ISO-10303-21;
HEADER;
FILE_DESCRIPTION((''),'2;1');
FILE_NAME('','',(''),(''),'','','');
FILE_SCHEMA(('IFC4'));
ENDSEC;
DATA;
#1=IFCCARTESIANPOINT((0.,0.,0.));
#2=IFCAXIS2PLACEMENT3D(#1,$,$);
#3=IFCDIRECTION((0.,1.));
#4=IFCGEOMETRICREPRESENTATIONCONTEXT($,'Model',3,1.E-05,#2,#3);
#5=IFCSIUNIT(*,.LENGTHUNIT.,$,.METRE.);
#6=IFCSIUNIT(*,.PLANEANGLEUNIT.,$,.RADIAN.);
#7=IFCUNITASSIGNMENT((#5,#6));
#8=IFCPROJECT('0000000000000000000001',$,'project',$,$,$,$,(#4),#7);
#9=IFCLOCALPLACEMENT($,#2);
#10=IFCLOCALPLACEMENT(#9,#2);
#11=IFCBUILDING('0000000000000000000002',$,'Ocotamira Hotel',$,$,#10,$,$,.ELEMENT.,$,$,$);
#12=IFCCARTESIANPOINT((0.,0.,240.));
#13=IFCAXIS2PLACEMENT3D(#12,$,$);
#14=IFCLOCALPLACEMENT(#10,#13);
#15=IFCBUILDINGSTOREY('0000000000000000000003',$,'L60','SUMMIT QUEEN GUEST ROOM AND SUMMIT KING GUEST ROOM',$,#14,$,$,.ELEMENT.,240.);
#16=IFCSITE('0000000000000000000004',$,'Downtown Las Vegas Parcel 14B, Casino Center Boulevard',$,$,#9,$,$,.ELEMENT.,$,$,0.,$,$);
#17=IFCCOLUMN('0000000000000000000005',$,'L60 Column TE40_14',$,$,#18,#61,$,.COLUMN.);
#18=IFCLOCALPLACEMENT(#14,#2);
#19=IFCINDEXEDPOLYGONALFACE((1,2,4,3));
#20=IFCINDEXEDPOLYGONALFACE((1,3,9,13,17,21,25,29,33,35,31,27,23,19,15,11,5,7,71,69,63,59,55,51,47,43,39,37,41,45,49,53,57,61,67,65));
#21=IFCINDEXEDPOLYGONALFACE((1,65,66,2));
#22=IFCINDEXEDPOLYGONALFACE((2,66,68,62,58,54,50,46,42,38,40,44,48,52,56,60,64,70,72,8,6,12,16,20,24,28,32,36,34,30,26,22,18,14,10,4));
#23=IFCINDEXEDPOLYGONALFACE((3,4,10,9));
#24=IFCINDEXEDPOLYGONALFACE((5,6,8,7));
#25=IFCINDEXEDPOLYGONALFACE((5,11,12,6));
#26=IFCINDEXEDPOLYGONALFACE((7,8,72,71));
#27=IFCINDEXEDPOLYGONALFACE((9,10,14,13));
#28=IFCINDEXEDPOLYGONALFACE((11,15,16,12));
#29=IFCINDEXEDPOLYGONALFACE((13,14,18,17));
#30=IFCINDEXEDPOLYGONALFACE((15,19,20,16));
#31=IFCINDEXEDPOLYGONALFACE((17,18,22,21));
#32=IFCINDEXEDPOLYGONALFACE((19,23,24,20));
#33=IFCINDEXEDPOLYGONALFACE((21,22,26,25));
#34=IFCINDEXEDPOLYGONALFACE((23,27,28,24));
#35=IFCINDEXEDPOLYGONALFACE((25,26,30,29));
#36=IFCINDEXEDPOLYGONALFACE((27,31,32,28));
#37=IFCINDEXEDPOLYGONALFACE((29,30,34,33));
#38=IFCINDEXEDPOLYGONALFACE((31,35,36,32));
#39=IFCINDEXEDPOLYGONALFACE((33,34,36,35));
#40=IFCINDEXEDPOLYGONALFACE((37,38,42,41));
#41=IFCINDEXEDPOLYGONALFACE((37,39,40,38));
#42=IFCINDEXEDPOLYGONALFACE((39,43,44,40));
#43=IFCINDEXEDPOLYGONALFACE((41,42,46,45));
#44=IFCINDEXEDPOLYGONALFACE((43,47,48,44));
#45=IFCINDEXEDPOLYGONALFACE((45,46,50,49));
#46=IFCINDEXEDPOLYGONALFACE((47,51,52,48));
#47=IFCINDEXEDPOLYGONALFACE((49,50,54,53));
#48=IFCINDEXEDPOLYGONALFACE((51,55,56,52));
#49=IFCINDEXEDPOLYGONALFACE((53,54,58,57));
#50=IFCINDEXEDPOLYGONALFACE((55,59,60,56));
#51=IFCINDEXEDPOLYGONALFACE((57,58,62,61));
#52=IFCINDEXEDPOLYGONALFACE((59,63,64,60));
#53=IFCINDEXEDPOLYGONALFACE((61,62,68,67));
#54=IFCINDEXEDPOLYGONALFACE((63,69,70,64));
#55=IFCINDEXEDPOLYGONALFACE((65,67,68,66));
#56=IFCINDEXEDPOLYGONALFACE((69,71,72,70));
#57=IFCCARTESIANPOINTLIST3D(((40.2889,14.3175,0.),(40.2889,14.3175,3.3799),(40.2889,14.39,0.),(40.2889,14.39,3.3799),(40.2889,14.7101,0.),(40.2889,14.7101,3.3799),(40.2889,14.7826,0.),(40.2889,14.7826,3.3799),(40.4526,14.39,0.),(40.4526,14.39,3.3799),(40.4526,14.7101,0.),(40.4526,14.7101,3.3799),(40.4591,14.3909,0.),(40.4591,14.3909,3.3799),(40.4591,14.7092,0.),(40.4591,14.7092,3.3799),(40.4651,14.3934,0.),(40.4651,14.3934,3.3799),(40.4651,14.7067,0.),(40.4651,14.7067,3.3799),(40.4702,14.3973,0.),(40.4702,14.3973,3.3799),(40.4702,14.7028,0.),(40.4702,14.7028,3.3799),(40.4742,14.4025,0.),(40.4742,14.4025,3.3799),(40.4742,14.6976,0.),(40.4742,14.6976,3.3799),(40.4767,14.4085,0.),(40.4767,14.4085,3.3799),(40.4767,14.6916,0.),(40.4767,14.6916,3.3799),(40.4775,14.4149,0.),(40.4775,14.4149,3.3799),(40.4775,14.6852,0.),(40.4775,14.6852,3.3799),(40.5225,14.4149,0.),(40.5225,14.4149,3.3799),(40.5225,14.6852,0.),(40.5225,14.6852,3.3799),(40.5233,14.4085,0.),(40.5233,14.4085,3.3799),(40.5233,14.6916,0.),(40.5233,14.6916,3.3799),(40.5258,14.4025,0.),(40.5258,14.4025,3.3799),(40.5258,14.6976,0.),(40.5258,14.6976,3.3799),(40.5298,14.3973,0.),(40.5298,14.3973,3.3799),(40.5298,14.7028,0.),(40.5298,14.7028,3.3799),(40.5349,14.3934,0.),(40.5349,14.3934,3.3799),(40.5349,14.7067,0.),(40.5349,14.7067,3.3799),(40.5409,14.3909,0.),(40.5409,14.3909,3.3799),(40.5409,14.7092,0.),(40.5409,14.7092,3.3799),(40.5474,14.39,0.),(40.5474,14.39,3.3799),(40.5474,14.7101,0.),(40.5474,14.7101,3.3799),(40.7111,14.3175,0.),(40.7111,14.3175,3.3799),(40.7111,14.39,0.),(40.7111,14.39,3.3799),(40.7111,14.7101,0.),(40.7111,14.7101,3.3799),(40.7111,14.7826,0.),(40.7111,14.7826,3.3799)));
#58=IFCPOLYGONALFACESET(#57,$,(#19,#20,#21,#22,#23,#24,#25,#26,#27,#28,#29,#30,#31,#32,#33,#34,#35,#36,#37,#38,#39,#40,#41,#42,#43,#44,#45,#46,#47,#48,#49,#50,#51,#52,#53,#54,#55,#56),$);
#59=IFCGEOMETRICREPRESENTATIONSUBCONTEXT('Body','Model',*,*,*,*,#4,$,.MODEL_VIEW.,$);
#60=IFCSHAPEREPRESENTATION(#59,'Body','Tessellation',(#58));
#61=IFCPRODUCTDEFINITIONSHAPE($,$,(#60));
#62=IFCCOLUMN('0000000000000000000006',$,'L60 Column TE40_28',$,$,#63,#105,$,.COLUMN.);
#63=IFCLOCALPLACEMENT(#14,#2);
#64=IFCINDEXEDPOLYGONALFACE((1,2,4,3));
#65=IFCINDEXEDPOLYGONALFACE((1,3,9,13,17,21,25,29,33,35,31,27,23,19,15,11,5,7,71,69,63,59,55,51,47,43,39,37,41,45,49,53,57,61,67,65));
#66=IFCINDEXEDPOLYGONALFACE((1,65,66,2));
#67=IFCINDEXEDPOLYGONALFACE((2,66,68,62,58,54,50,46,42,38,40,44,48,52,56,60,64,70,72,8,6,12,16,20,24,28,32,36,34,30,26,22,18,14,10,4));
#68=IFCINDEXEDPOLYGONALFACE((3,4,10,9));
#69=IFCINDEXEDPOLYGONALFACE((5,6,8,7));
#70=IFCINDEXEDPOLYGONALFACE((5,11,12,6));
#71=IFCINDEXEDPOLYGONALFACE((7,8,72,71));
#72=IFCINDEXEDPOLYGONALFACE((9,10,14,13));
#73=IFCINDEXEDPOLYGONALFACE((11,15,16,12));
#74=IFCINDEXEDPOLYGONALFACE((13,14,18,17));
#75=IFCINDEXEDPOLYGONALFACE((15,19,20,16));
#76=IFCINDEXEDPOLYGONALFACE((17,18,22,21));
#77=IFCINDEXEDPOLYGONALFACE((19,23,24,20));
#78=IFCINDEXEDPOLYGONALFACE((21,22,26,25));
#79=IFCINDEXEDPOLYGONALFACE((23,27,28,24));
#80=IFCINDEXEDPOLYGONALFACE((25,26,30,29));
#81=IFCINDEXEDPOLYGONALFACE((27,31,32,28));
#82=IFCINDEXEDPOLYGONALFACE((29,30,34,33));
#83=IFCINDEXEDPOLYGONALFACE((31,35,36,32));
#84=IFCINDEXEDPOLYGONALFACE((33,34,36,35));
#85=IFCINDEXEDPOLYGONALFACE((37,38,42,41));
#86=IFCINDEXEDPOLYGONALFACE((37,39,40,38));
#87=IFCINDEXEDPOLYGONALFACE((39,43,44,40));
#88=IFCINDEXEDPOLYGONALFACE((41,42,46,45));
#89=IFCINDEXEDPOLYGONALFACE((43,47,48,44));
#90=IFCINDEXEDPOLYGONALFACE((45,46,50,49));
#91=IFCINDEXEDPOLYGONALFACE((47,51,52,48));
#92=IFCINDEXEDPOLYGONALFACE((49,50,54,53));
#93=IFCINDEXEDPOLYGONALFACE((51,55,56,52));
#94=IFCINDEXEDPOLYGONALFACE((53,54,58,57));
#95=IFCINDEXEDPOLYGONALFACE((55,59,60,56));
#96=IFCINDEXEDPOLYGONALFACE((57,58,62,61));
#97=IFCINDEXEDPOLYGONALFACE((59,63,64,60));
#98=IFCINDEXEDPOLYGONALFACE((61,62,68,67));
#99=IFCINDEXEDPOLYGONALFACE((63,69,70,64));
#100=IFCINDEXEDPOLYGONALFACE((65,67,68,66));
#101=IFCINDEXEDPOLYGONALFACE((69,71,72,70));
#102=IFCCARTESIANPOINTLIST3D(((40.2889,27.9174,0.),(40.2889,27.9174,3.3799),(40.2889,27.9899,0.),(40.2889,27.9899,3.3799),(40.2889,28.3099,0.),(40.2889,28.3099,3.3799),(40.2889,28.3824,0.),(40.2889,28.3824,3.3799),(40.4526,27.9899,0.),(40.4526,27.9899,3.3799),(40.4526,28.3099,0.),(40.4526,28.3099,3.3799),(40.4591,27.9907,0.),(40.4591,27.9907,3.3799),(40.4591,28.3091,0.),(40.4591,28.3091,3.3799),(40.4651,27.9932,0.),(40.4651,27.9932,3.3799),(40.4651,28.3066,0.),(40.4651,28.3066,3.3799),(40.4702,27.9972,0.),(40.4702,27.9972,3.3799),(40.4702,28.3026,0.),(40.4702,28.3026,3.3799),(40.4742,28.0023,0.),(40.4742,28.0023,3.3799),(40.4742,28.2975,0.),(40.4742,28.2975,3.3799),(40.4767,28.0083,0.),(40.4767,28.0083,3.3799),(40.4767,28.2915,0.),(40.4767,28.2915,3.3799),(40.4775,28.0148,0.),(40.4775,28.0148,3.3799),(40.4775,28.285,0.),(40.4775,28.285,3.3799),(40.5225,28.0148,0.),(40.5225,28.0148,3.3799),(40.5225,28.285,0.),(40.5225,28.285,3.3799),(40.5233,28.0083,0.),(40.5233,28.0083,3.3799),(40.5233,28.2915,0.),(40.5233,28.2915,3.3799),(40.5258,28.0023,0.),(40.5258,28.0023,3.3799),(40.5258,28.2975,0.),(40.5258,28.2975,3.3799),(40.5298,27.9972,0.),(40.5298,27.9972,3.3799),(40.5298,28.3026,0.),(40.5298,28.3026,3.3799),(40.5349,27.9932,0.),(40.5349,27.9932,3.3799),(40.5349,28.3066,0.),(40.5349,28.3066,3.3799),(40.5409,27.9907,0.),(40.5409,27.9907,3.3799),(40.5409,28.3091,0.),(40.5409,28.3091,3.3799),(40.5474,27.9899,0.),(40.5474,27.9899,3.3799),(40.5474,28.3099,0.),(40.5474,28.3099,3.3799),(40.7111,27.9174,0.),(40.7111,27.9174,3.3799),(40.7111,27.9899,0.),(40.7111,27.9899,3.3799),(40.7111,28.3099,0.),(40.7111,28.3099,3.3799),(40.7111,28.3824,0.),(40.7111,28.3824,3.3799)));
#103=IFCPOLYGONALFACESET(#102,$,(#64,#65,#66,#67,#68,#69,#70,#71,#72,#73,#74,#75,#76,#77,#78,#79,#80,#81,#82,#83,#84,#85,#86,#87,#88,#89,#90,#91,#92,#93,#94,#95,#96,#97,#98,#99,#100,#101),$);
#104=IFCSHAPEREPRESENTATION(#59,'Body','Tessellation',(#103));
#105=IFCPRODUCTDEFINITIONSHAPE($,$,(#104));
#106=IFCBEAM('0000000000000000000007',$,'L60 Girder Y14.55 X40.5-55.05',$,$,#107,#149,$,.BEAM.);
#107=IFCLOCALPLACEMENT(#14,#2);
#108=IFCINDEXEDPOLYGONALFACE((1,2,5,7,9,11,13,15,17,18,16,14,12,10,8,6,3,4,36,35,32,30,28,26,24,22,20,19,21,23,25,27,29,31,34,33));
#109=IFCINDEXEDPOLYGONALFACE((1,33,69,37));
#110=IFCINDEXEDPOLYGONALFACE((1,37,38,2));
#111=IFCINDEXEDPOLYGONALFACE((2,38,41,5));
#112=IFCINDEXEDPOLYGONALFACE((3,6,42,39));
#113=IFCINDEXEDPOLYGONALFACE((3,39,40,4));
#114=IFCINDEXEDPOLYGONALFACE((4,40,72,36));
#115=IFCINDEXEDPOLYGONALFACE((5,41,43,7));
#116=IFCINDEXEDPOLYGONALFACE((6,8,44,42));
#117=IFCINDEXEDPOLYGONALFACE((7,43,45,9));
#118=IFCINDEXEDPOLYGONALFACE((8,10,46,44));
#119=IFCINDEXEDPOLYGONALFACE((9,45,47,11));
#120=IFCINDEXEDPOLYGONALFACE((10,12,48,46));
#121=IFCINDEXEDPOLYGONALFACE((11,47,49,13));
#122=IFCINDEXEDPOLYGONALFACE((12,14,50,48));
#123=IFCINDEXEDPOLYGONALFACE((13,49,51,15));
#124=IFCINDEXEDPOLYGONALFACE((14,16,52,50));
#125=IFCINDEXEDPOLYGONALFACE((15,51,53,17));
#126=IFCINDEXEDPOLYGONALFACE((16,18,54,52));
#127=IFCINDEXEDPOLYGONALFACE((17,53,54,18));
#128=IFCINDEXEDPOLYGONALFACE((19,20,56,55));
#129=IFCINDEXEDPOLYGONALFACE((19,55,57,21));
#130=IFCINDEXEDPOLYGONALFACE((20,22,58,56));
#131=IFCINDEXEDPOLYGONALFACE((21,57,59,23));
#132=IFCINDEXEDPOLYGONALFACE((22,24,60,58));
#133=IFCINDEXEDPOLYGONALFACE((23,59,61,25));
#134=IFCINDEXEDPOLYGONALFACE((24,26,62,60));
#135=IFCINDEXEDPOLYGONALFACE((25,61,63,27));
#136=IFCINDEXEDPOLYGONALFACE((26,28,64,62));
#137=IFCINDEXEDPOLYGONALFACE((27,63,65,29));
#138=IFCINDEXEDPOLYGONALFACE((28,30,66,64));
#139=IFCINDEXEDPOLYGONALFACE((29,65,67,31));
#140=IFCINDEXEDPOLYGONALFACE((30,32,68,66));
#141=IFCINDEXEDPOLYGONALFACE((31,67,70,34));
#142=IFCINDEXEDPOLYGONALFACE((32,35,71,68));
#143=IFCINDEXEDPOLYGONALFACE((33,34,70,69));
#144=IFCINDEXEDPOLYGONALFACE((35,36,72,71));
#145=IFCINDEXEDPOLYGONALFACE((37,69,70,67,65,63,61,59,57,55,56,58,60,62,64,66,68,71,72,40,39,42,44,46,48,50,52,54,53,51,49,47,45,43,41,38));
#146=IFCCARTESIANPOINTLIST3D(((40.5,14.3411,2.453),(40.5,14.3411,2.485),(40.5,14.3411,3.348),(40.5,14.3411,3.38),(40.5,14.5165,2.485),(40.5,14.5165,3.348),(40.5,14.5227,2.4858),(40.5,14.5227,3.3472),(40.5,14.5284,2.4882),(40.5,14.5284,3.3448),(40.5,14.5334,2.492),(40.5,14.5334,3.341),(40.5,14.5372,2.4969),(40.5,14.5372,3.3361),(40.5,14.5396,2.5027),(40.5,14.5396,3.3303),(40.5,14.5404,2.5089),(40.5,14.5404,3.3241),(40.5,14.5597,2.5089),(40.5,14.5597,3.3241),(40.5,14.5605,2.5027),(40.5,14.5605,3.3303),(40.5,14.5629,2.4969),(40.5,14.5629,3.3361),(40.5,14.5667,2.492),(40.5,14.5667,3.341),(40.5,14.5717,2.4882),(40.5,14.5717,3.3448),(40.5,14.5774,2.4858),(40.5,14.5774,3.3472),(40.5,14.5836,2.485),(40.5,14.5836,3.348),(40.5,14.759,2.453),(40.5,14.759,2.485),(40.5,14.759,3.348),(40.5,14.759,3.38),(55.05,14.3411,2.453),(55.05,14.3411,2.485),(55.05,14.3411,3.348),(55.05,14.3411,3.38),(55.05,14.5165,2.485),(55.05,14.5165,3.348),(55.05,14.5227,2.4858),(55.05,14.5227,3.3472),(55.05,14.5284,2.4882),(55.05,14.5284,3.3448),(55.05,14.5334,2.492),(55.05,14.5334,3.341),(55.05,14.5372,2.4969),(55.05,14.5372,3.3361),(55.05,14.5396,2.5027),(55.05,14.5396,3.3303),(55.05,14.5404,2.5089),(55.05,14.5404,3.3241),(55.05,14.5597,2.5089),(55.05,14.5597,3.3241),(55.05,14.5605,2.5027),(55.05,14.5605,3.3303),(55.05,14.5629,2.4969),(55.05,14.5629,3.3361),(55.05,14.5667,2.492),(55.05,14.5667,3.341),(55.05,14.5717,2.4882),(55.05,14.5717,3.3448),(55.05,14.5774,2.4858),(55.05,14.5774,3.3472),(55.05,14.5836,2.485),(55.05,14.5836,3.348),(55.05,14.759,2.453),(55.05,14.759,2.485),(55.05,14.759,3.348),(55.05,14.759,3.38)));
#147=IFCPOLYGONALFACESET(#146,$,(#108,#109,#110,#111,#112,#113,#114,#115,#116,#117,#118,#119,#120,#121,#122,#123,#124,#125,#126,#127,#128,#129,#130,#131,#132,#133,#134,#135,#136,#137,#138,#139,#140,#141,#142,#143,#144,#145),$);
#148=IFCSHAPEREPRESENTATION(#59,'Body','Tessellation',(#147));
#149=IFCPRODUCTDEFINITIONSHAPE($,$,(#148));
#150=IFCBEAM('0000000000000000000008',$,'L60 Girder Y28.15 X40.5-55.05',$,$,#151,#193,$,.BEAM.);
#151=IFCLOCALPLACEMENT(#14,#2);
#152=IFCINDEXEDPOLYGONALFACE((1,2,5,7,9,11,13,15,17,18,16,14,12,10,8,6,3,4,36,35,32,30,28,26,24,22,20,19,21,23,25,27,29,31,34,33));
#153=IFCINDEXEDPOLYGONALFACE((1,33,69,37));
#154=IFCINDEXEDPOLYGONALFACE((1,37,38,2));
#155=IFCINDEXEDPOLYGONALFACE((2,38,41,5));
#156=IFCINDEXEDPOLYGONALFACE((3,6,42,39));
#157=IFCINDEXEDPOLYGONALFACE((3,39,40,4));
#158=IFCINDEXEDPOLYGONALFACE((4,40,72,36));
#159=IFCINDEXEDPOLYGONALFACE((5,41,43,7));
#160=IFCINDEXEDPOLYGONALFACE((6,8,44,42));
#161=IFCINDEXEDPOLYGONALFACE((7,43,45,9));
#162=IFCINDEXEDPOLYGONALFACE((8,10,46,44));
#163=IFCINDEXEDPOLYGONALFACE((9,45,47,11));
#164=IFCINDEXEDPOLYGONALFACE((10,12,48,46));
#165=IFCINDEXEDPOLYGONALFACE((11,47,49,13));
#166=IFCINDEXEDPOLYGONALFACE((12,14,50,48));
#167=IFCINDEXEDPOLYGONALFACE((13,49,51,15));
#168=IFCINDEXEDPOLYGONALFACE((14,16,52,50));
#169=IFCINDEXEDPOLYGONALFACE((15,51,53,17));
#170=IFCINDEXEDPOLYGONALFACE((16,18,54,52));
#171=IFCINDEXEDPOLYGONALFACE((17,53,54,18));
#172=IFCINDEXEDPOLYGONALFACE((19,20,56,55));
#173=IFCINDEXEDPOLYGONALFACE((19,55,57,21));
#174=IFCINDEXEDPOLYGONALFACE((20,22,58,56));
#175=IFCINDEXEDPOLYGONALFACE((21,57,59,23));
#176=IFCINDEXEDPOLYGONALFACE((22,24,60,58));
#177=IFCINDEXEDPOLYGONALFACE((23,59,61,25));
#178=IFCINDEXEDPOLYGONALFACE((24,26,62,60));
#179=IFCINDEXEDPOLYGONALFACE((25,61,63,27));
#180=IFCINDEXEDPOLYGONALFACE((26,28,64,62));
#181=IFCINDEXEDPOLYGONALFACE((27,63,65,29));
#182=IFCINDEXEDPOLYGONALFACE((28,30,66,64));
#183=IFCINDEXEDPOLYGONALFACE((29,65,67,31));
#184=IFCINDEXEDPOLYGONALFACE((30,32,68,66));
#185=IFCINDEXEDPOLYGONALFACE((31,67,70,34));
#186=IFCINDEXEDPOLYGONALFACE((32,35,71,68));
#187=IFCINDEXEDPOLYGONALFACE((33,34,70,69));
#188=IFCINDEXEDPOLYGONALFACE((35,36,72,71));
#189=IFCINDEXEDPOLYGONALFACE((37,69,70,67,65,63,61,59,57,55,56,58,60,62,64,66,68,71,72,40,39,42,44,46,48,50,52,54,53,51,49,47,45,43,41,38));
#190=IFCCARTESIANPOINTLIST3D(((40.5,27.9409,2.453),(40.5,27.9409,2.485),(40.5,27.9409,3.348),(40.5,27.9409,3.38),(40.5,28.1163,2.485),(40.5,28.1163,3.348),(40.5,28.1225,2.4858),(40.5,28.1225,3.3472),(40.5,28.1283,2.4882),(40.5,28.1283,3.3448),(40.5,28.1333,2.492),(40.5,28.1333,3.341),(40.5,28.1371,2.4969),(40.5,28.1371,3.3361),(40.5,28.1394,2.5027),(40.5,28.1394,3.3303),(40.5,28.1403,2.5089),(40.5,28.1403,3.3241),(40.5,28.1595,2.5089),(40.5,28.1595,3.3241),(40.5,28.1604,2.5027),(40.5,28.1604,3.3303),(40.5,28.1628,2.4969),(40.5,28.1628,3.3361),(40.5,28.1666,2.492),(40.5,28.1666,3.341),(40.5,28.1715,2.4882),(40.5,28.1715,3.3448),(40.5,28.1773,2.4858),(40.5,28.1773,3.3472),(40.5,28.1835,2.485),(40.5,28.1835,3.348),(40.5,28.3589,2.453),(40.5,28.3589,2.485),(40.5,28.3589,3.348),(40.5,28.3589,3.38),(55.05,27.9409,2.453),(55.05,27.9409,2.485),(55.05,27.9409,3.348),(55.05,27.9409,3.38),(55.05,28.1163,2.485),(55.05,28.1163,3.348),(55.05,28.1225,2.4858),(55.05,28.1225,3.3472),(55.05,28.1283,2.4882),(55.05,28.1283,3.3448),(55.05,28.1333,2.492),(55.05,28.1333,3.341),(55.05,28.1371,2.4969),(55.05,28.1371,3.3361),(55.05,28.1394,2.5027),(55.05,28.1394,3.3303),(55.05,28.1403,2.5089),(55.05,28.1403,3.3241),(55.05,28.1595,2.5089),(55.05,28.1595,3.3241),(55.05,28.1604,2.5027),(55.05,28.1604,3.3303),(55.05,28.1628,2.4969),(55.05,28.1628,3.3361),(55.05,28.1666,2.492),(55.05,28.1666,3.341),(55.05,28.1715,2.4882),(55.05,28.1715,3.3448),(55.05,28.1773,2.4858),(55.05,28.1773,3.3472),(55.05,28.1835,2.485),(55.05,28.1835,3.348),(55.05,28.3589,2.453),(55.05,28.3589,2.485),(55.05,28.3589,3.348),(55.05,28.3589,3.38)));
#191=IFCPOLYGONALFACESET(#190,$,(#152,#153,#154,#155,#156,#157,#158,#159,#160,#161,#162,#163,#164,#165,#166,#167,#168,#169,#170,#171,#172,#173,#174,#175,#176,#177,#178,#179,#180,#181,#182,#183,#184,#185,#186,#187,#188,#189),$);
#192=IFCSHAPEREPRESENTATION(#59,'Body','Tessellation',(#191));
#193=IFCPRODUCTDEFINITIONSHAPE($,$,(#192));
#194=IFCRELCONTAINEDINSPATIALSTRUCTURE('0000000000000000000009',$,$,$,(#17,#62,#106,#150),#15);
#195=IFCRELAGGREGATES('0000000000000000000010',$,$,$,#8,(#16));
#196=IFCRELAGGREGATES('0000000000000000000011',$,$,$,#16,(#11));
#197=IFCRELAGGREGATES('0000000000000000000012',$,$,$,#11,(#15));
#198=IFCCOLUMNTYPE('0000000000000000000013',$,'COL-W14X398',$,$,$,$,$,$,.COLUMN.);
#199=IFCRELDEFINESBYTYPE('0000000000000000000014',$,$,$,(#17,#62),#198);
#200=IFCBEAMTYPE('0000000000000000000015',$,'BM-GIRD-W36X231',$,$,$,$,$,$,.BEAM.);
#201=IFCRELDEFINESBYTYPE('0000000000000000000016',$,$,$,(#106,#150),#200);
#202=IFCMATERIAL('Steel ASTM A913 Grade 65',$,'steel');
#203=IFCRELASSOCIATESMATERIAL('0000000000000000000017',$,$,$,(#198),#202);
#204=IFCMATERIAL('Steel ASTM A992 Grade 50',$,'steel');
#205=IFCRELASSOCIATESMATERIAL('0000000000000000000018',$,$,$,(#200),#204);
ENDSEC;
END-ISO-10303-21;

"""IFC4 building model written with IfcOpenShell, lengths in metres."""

from ifc_helpers import new_model, si_unit, direction, frame, origin, origin_2d, place, context, subcontext, project, spatial, i_section, extrude, source, transform, mapped, material, material_profile, profile_set, type_object, element, save


model = new_model("IFC4")

# Units and contexts
model_context = context("Model", 3, precision=1e-05, world=origin(), true_north=direction((0.0, 1.0)))
body_context = subcontext(model_context, "Body", "Model", "MODEL_VIEW")
ifc_project = project(units=[si_unit("LENGTHUNIT", "METRE"), si_unit("PLANEANGLEUNIT", "RADIAN")], contexts=[model_context])

# Site, building, storey
site_placement = place(None, origin())
site = spatial("IfcSite", under=ifc_project, at=site_placement, Name="Downtown Las Vegas Parcel 14B, Casino Center Boulevard", CompositionType="ELEMENT", RefElevation=0.0)
building_placement = place(site_placement, origin())
building = spatial("IfcBuilding", under=site, at=building_placement, Name="Ocotamira Hotel", CompositionType="ELEMENT")
storey_placement = place(building_placement, frame((0.0, 0.0, 240.0)))
storey = spatial("IfcBuildingStorey", under=building, at=storey_placement, Name="L60", Description="SUMMIT QUEEN GUEST ROOM AND SUMMIT KING GUEST ROOM", CompositionType="ELEMENT", Elevation=240.0)

# Columns
ifc_material_1 = material(Name="Steel ASTM A913 Grade 65", Category="steel")
ifc_material_profile_1 = material_profile(ifc_material_1, i_section(OverallWidth=0.4221, OverallDepth=0.4651, WebThickness=0.0449, FlangeThickness=0.0725, FilletRadius=0.0249, at=origin_2d()), Name="W14X398")
ifc_profile_set_1 = profile_set([ifc_material_profile_1], Name="Steel ASTM A913 Grade 65")
column_type = type_object("IfcColumnType", Name="COL-W14X398", PredefinedType="COLUMN", material=ifc_profile_set_1)
shared_shape_1 = source(origin(), body_context, "Body", "SweptSolid", [
    extrude(i_section(OverallWidth=0.4221, OverallDepth=0.4651, WebThickness=0.0449, FlangeThickness=0.0725, FilletRadius=0.0249, at=origin_2d()), origin(), (0.0, 0.0, 1.0), 3.3799),
])
for number, where, z_axis, x_axis, name in (
    (1, (40.5, 14.55, 0.0), (0.0, 0.0, 1.0), (1.0, 0.0, 0.0), "L60 Column TE40_14"),
    (2, (40.5, 28.1499, 0.0), (0.0, 0.0, 1.0), (1.0, 0.0, 0.0), "L60 Column TE40_28"),
):
    element("IfcColumn", number, at=place(storey_placement, frame(where, z_axis=z_axis, x_axis=x_axis)), inside=storey, type_object=column_type, Name=name, PredefinedType="COLUMN", context=body_context, shape_type="MappedRepresentation", body=[
        mapped(shared_shape_1, transform((0.0, 0.0, 0.0), scale=1.0)),
    ])

# Beams
ifc_material_2 = material(Name="Steel ASTM A992 Grade 50", Category="steel")
ifc_material_profile_2 = material_profile(ifc_material_2, i_section(OverallWidth=0.418, OverallDepth=0.927, WebThickness=0.0193, FlangeThickness=0.032, FilletRadius=0.0239, at=origin_2d()), Name="W36X231")
ifc_profile_set_2 = profile_set([ifc_material_profile_2], Name="Steel ASTM A992 Grade 50")
beam_type_1 = type_object("IfcBeamType", Name="BM-GIRD-W36X231", PredefinedType="BEAM", material=ifc_profile_set_2)
shared_shape_2 = source(origin(), body_context, "Body", "SweptSolid", [
    extrude(i_section(OverallWidth=0.418, OverallDepth=0.927, WebThickness=0.0193, FlangeThickness=0.032, FilletRadius=0.0239, at=origin_2d()), origin(), (0.0, 0.0, 1.0), 14.55),
])
for number, where, z_axis, x_axis, name in (
    (3, (40.5, 14.55, 2.9165), (1.0, 0.0, 0.0), (0.0, 1.0, 0.0), "L60 Girder Y14.55 X40.5-55.05"),
    (4, (40.5, 28.1499, 2.9165), (1.0, 0.0, 0.0), (0.0, 1.0, 0.0), "L60 Girder Y28.15 X40.5-55.05"),
):
    element("IfcBeam", number, at=place(storey_placement, frame(where, z_axis=z_axis, x_axis=x_axis)), inside=storey, type_object=beam_type_1, Name=name, PredefinedType="BEAM", context=body_context, shape_type="MappedRepresentation", body=[
        mapped(shared_shape_2, transform((0.0, 0.0, 0.0), scale=1.0)),
    ])

save(model, "model.ifc")
